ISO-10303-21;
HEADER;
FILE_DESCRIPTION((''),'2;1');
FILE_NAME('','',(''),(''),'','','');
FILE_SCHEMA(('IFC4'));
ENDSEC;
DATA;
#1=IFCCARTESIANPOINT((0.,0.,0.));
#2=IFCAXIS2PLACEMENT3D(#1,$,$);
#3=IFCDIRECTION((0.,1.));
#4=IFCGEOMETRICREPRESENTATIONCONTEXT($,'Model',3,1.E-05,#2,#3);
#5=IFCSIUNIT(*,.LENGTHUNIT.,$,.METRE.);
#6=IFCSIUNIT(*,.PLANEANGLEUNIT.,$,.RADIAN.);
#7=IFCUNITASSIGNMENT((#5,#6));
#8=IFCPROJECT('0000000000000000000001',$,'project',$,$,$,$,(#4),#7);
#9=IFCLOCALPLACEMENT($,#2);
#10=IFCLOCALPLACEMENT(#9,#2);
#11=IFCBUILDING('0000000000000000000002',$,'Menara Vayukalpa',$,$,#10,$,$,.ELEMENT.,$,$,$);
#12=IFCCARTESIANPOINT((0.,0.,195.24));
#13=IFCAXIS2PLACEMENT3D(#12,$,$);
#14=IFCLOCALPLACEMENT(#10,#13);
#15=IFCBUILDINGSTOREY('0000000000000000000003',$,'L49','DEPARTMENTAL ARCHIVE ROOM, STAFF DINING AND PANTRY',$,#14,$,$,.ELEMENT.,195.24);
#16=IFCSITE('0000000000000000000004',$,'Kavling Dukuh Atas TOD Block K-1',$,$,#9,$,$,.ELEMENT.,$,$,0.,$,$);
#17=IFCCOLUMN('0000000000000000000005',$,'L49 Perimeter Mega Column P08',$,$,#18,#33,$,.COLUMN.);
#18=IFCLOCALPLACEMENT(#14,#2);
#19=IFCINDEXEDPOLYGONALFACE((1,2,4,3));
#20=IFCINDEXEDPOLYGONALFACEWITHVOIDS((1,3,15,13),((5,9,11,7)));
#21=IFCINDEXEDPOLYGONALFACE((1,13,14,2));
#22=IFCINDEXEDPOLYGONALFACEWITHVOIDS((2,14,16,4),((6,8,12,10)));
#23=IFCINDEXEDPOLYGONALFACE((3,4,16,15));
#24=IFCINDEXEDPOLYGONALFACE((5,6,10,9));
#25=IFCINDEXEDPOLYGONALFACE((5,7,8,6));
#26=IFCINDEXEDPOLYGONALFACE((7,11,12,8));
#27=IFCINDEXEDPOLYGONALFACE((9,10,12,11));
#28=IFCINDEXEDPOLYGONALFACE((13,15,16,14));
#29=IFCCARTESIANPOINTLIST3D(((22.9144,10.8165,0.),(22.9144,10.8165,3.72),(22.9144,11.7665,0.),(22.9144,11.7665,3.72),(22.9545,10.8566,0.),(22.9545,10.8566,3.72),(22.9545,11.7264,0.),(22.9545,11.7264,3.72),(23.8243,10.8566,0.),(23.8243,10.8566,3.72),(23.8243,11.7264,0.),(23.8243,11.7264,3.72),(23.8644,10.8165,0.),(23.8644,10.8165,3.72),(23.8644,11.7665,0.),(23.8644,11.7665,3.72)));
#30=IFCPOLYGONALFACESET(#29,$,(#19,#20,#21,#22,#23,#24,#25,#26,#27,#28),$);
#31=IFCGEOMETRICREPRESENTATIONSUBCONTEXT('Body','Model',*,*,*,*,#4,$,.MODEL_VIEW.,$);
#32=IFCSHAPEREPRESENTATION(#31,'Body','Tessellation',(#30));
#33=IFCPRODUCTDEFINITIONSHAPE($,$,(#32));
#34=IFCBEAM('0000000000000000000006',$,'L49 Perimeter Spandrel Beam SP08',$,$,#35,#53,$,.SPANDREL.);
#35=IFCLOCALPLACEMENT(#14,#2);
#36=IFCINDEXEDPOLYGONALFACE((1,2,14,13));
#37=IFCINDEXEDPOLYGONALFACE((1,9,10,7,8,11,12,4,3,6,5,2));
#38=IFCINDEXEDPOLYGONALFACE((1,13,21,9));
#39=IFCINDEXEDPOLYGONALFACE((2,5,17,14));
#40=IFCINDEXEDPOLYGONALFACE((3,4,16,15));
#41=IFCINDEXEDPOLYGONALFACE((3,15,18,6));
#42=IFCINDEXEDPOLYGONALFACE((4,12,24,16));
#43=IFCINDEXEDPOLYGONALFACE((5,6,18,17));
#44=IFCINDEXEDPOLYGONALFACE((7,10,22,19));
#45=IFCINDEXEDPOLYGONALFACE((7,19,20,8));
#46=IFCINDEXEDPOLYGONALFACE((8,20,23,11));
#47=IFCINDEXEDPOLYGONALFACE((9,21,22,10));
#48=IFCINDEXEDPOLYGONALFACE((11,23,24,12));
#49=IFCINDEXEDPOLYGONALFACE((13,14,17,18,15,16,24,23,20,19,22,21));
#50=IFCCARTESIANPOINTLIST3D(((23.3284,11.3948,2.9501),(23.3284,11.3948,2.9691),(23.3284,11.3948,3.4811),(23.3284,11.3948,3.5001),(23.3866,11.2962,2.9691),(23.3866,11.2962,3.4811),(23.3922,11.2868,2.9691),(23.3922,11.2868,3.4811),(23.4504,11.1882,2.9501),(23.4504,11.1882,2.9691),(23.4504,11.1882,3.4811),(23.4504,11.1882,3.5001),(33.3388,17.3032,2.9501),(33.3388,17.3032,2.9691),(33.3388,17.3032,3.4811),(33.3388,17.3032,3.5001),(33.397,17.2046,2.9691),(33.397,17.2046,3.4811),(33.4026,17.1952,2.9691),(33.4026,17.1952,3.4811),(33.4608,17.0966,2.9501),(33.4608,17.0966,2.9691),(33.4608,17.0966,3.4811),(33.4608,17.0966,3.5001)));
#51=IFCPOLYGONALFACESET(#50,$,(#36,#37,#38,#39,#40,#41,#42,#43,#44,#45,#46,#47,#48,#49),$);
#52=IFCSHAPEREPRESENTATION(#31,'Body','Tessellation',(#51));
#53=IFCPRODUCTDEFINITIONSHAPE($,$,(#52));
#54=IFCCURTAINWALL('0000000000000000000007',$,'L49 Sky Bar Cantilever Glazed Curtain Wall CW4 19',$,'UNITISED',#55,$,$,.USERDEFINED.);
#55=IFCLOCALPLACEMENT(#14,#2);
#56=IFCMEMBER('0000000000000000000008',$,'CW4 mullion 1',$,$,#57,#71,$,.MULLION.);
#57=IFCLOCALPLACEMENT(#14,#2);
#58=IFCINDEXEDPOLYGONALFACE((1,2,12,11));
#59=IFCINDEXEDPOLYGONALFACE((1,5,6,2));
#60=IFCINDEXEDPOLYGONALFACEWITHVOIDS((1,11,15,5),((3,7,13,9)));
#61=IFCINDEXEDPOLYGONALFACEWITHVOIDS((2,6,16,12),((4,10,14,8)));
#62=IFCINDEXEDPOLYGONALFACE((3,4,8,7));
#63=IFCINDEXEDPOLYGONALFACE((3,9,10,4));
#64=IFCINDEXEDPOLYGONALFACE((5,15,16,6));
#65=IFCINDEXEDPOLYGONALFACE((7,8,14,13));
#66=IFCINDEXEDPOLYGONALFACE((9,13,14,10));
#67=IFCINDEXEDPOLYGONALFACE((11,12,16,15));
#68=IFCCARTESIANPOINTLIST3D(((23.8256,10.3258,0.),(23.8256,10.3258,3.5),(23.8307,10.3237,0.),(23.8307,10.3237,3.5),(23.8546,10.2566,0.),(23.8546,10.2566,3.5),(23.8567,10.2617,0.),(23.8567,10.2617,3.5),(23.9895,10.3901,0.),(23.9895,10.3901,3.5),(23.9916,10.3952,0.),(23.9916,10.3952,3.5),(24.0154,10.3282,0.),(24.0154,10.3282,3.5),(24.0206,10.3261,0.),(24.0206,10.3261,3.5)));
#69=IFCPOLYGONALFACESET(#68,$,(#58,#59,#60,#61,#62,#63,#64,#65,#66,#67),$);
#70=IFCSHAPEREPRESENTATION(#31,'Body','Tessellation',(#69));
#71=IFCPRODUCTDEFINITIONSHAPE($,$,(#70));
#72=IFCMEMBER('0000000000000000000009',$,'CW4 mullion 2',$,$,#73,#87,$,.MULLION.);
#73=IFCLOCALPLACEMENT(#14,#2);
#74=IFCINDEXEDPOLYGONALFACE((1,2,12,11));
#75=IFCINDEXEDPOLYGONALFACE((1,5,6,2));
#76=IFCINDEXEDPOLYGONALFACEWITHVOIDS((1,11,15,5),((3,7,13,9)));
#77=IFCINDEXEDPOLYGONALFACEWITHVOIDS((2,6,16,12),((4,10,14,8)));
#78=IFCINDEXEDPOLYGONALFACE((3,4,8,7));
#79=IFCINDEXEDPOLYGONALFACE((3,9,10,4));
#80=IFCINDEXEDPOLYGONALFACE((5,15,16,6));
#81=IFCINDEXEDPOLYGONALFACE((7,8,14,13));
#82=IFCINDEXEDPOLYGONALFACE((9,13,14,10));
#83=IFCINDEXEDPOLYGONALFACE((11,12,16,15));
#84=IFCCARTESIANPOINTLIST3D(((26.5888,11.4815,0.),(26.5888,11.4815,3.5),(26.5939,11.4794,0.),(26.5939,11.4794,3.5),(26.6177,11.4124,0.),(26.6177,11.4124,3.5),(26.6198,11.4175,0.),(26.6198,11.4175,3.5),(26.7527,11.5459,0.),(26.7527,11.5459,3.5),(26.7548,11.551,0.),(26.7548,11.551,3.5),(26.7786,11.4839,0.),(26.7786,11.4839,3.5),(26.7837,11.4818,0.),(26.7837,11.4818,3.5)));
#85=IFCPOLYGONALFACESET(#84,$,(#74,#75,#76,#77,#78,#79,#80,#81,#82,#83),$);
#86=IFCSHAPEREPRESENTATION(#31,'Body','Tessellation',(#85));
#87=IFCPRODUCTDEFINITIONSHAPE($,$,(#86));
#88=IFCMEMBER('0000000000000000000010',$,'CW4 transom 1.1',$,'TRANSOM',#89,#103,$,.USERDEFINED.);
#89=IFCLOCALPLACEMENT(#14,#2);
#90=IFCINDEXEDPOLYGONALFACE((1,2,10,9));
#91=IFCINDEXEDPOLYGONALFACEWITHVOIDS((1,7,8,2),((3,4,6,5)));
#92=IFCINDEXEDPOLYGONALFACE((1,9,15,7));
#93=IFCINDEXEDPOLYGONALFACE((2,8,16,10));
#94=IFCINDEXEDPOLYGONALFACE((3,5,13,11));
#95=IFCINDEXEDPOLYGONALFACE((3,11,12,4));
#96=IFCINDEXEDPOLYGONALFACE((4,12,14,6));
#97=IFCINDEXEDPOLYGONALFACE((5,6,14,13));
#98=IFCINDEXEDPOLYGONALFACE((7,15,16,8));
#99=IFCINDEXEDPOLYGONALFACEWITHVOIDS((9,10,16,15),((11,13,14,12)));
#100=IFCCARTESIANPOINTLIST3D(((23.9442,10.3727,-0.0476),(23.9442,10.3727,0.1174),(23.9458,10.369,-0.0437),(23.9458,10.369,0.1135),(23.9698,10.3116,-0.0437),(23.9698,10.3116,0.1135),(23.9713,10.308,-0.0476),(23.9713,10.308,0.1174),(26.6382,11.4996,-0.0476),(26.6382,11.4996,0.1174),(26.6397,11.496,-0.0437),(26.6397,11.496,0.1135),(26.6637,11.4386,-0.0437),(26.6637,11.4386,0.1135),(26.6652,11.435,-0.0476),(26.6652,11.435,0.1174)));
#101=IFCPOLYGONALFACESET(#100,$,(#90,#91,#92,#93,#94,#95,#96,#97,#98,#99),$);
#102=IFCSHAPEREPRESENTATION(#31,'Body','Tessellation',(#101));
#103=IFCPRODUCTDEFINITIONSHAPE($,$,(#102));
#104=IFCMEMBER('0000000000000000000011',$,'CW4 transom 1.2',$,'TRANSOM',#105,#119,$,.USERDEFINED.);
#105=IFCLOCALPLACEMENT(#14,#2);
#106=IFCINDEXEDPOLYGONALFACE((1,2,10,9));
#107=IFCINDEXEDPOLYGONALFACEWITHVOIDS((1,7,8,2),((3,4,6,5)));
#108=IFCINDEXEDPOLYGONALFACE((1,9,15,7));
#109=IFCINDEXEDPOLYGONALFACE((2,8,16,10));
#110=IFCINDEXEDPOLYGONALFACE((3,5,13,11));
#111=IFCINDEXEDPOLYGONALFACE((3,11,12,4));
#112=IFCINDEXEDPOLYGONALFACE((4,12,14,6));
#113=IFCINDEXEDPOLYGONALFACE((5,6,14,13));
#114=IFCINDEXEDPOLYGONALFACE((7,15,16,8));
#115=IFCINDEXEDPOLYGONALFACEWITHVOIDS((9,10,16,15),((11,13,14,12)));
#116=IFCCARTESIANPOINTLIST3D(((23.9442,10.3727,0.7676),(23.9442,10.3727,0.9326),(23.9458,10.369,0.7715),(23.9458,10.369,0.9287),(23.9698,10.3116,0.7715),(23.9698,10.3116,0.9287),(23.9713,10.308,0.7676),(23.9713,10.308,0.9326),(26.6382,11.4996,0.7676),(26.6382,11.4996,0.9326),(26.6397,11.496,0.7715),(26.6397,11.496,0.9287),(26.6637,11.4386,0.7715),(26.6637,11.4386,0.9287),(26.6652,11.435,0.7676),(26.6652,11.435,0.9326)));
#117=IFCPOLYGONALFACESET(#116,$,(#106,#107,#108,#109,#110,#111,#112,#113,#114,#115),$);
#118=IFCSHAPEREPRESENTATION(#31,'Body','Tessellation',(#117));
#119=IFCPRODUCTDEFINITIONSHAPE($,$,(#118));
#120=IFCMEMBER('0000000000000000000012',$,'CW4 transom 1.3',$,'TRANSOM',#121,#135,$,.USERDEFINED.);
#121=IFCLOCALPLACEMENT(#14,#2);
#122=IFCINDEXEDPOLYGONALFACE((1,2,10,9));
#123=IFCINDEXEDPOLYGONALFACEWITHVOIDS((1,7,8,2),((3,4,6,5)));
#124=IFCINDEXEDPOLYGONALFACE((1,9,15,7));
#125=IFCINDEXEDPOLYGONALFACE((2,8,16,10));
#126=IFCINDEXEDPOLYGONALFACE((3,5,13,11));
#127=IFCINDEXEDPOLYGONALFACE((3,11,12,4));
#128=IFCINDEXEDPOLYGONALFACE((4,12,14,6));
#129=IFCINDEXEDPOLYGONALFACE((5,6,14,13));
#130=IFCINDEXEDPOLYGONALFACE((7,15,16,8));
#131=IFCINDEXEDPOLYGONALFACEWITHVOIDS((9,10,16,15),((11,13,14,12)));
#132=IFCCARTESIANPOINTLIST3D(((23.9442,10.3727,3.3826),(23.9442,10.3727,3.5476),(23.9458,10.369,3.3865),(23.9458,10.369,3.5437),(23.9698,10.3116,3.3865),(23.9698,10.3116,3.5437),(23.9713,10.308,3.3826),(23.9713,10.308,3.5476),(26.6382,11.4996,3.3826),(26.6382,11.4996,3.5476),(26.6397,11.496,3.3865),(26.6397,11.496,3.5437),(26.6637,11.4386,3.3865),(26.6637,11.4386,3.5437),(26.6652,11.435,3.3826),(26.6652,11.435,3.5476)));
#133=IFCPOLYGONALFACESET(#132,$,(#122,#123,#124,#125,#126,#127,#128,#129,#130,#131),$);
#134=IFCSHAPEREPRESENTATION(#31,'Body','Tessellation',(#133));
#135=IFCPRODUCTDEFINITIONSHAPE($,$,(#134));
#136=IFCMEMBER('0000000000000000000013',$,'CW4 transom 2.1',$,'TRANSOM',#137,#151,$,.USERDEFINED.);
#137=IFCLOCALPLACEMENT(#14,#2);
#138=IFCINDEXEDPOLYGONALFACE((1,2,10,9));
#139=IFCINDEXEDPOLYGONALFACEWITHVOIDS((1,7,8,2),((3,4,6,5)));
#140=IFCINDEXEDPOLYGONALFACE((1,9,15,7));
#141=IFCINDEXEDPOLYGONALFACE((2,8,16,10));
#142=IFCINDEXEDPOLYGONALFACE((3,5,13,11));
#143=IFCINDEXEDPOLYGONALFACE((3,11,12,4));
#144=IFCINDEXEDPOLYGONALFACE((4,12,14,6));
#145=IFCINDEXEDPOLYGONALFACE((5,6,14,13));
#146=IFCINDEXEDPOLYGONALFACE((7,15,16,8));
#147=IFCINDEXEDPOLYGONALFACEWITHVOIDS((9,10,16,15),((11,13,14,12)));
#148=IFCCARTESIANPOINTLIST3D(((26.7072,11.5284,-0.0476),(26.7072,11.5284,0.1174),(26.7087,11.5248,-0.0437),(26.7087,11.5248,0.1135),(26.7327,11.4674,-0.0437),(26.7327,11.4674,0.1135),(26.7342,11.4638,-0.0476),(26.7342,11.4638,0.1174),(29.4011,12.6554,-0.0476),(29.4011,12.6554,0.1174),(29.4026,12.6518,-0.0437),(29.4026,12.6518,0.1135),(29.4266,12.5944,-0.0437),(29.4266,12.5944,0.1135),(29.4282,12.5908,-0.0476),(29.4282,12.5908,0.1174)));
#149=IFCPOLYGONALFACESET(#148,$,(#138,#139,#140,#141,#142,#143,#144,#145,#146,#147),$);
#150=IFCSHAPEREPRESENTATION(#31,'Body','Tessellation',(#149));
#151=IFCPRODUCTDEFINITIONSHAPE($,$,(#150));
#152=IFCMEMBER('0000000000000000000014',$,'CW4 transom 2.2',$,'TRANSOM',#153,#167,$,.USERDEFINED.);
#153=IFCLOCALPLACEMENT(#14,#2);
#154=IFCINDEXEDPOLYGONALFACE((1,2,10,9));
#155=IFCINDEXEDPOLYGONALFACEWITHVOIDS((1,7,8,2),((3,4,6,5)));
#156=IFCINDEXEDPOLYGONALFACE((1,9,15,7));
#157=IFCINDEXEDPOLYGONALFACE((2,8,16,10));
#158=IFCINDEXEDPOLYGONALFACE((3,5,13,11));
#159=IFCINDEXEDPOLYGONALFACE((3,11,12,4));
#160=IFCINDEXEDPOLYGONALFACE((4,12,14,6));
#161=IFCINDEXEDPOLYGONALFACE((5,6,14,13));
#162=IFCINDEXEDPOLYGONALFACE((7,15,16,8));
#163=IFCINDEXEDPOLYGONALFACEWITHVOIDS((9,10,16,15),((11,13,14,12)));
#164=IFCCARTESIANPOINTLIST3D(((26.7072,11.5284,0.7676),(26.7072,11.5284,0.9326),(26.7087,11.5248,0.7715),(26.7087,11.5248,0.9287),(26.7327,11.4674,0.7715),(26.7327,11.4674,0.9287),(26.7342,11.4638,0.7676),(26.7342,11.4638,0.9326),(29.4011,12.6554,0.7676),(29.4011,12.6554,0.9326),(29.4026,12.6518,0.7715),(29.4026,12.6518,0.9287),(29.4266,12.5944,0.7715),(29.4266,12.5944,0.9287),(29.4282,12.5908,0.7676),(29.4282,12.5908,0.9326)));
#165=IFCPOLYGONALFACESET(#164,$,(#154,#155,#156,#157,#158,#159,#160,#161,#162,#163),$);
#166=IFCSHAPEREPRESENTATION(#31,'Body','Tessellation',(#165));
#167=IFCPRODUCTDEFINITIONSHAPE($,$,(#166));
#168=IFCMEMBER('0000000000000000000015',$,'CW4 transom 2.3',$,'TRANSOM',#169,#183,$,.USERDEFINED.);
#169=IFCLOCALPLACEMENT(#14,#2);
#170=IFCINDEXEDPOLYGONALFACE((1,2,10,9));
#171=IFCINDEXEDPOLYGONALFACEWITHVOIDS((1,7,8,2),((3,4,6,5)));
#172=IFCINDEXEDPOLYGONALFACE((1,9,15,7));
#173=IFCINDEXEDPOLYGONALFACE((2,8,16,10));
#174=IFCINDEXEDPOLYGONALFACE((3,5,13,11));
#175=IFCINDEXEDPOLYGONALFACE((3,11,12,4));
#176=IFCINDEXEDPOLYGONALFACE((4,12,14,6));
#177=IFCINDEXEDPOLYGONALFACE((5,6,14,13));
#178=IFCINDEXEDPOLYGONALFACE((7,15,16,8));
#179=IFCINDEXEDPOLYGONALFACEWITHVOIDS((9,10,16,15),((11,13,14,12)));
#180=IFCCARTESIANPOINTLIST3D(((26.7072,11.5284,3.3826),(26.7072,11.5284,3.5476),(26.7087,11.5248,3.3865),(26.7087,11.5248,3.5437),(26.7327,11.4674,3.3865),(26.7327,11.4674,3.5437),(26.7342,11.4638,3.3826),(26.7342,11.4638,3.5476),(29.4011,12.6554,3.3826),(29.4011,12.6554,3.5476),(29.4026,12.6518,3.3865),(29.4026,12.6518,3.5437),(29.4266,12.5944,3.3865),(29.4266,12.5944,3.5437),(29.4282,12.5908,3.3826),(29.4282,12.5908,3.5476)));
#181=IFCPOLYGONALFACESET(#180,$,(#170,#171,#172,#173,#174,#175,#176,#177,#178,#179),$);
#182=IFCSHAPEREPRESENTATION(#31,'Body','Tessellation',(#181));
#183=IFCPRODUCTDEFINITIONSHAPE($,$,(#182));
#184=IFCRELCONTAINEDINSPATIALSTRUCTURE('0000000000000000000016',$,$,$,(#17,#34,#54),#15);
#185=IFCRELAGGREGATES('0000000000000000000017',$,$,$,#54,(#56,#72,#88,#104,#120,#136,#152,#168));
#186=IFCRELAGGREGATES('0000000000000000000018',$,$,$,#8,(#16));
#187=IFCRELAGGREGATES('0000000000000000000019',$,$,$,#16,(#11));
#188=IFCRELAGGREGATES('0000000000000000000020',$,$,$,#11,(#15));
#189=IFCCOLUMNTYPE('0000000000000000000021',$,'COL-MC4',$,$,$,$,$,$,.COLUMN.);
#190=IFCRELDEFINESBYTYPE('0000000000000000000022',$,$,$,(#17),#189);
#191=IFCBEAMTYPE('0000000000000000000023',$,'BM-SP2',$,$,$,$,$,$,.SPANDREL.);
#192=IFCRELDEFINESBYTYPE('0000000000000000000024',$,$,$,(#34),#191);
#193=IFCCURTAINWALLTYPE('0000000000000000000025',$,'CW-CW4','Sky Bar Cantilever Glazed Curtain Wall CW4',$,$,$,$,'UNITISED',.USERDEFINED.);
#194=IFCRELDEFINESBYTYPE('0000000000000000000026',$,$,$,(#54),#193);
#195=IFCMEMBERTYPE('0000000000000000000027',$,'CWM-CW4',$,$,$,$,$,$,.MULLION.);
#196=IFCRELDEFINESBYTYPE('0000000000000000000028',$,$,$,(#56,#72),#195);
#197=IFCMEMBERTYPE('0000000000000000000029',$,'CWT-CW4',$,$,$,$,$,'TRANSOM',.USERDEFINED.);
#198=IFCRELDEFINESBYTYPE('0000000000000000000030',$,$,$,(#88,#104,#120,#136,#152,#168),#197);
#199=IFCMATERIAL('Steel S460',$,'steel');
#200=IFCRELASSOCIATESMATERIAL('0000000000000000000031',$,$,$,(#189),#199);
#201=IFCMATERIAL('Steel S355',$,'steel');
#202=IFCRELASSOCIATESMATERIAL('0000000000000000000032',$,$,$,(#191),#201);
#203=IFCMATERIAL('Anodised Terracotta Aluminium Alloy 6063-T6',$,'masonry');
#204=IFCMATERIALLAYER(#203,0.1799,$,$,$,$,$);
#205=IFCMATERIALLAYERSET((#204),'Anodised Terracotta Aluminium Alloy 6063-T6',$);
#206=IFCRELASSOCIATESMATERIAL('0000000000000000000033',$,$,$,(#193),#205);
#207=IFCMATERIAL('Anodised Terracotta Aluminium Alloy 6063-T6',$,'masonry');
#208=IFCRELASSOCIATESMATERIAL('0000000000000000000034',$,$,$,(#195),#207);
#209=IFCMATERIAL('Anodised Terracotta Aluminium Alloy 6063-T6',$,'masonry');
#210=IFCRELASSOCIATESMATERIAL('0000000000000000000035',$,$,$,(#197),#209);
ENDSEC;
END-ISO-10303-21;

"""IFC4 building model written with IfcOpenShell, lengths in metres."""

from ifc_helpers import new_model, si_unit, direction, frame, origin, origin_2d, place, context, subcontext, project, spatial, hollow_rectangle, i_section, extrude, material, layer, layer_set, material_profile, profile_set, type_object, element, aggregate, save


model = new_model("IFC4")

# Units and contexts
model_context = context("Model", 3, precision=1e-05, world=origin(), true_north=direction((0.0, 1.0)))
body_context = subcontext(model_context, "Body", "Model", "MODEL_VIEW")
ifc_project = project(units=[si_unit("LENGTHUNIT", "METRE"), si_unit("PLANEANGLEUNIT", "RADIAN")], contexts=[model_context])

# Site, building, storey
site_placement = place(None, origin())
site = spatial("IfcSite", under=ifc_project, at=site_placement, Name="Kavling Dukuh Atas TOD Block K-1", CompositionType="ELEMENT", RefElevation=0.0)
building_placement = place(site_placement, origin())
building = spatial("IfcBuilding", under=site, at=building_placement, Name="Menara Vayukalpa", CompositionType="ELEMENT")
storey_placement = place(building_placement, frame((0.0, 0.0, 195.24)))
storey = spatial("IfcBuildingStorey", under=building, at=storey_placement, Name="L49", Description="DEPARTMENTAL ARCHIVE ROOM, STAFF DINING AND PANTRY", CompositionType="ELEMENT", Elevation=195.24)

# Column
ifc_material_1 = material(Name="Steel S460", Category="steel")
ifc_material_profile_1 = material_profile(ifc_material_1, hollow_rectangle(XDim=0.95, YDim=0.95, WallThickness=0.04, at=origin_2d()), Name="BOX 950x950x40")
ifc_profile_set_1 = profile_set([ifc_material_profile_1], Name="Steel S460")
column_type = type_object("IfcColumnType", Name="COL-MC4", PredefinedType="COLUMN", material=ifc_profile_set_1)
column_placement = place(storey_placement, frame((23.3894, 11.2915, 0.0), z_axis=(0.0, 0.0, 1.0), x_axis=(1.0, 0.0, 0.0)))
element("IfcColumn", 1, at=column_placement, inside=storey, type_object=column_type, Name="L49 Perimeter Mega Column P08", PredefinedType="COLUMN", context=body_context, shape_type="SweptSolid", body=[
    extrude(hollow_rectangle(XDim=0.95, YDim=0.95, WallThickness=0.04, at=origin_2d()), origin(), (0.0, 0.0, 1.0), 3.72),
])

# Beam
ifc_material_2 = material(Name="Steel S355", Category="steel")
ifc_material_profile_2 = material_profile(ifc_material_2, i_section(OverallWidth=0.24, OverallDepth=0.55, WebThickness=0.011, FlangeThickness=0.019, at=origin_2d()), Name="WF 550x240x11x19")
ifc_profile_set_2 = profile_set([ifc_material_profile_2], Name="Steel S355")
beam_type = type_object("IfcBeamType", Name="BM-SP2", PredefinedType="SPANDREL", material=ifc_profile_set_2)
beam_placement = place(storey_placement, frame((23.3894, 11.2915, 3.2251), z_axis=(0.861184, 0.508293, 0.0), x_axis=(-0.508293, 0.861184, 0.0)))
element("IfcBeam", 2, at=beam_placement, inside=storey, type_object=beam_type, Name="L49 Perimeter Spandrel Beam SP08", PredefinedType="SPANDREL", context=body_context, shape_type="SweptSolid", body=[
    extrude(i_section(OverallWidth=0.24, OverallDepth=0.55, WebThickness=0.011, FlangeThickness=0.019, at=origin_2d()), origin(), (0.0, 0.0, 1.0), 11.624),
])

# Curtain wall, members
ifc_material_3 = material(Name="Anodised Terracotta Aluminium Alloy 6063-T6", Category="masonry")
ifc_layer_1 = layer(ifc_material_3, 0.1799)
ifc_layer_set_1 = layer_set([ifc_layer_1], Name="Anodised Terracotta Aluminium Alloy 6063-T6")
curtain_wall_type = type_object("IfcCurtainWallType", Name="CW-CW4", Description="Sky Bar Cantilever Glazed Curtain Wall CW4", ElementType="UNITISED", PredefinedType="USERDEFINED", material=ifc_layer_set_1)
curtain_wall_placement = place(storey_placement, origin())
curtain_wall = element("IfcCurtainWall", 3, at=curtain_wall_placement, inside=storey, type_object=curtain_wall_type, Name="L49 Sky Bar Cantilever Glazed Curtain Wall CW4 19", ObjectType="UNITISED", PredefinedType="USERDEFINED")
ifc_material_4 = material(Name="Anodised Terracotta Aluminium Alloy 6063-T6", Category="masonry")
ifc_material_profile_3 = material_profile(ifc_material_4, hollow_rectangle(XDim=0.075, YDim=0.1799, WallThickness=0.0039, at=origin_2d()), Name="ALU 75x180x4")
ifc_profile_set_3 = profile_set([ifc_material_profile_3], Name="Anodised Terracotta Aluminium Alloy 6063-T6")
member_type_1 = type_object("IfcMemberType", Name="CWM-CW4", PredefinedType="MULLION", material=ifc_profile_set_3)
member_1_placement = place(storey_placement, frame((23.9231, 10.3259, 0.0), z_axis=(0.0, 0.0, 1.0), x_axis=(-0.385903, 0.922539, 0.0)))
member_1 = element("IfcMember", 4, at=member_1_placement, type_object=member_type_1, Name="CW4 mullion 1", PredefinedType="MULLION", context=body_context, shape_type="SweptSolid", body=[
    extrude(hollow_rectangle(XDim=0.075, YDim=0.1799, WallThickness=0.0039, at=origin_2d()), origin(), (0.0, 0.0, 1.0), 3.5),
])
member_2_placement = place(storey_placement, frame((26.6863, 11.4817, 0.0), z_axis=(0.0, 0.0, 1.0), x_axis=(-0.385903, 0.922539, 0.0)))
member_2 = element("IfcMember", 5, at=member_2_placement, type_object=member_type_1, Name="CW4 mullion 2", PredefinedType="MULLION", context=body_context, shape_type="SweptSolid", body=[
    extrude(hollow_rectangle(XDim=0.075, YDim=0.1799, WallThickness=0.0039, at=origin_2d()), origin(), (0.0, 0.0, 1.0), 3.5),
])
ifc_material_5 = material(Name="Anodised Terracotta Aluminium Alloy 6063-T6", Category="masonry")
ifc_material_profile_4 = material_profile(ifc_material_5, hollow_rectangle(XDim=0.0701, YDim=0.165, WallThickness=0.0039, at=origin_2d()), Name="ALU 70x165x4")
ifc_profile_set_4 = profile_set([ifc_material_profile_4], Name="Anodised Terracotta Aluminium Alloy 6063-T6")
member_type_2 = type_object("IfcMemberType", Name="CWT-CW4", ElementType="TRANSOM", PredefinedType="USERDEFINED", material=ifc_profile_set_4)
member_3_placement = place(storey_placement, frame((23.9578, 10.3403, 0.0349), z_axis=(0.922527, 0.385933, 0.0), x_axis=(-0.385933, 0.922527, 0.0)))
member_3 = element("IfcMember", 6, at=member_3_placement, type_object=member_type_2, Name="CW4 transom 1.1", ObjectType="TRANSOM", PredefinedType="USERDEFINED", context=body_context, shape_type="SweptSolid", body=[
    extrude(hollow_rectangle(XDim=0.0701, YDim=0.165, WallThickness=0.0039, at=origin_2d()), origin(), (0.0, 0.0, 1.0), 2.9202),
])
member_4_placement = place(storey_placement, frame((23.9578, 10.3403, 0.8501), z_axis=(0.922527, 0.385933, 0.0), x_axis=(-0.385933, 0.922527, 0.0)))
member_4 = element("IfcMember", 7, at=member_4_placement, type_object=member_type_2, Name="CW4 transom 1.2", ObjectType="TRANSOM", PredefinedType="USERDEFINED", context=body_context, shape_type="SweptSolid", body=[
    extrude(hollow_rectangle(XDim=0.0701, YDim=0.165, WallThickness=0.0039, at=origin_2d()), origin(), (0.0, 0.0, 1.0), 2.9202),
])
member_5_placement = place(storey_placement, frame((23.9578, 10.3403, 3.4651), z_axis=(0.922527, 0.385933, 0.0), x_axis=(-0.385933, 0.922527, 0.0)))
member_5 = element("IfcMember", 8, at=member_5_placement, type_object=member_type_2, Name="CW4 transom 1.3", ObjectType="TRANSOM", PredefinedType="USERDEFINED", context=body_context, shape_type="SweptSolid", body=[
    extrude(hollow_rectangle(XDim=0.0701, YDim=0.165, WallThickness=0.0039, at=origin_2d()), origin(), (0.0, 0.0, 1.0), 2.9202),
])
member_6_placement = place(storey_placement, frame((26.7207, 11.4961, 0.0349), z_axis=(0.922527, 0.385933, 0.0), x_axis=(-0.385933, 0.922527, 0.0)))
member_6 = element("IfcMember", 9, at=member_6_placement, type_object=member_type_2, Name="CW4 transom 2.1", ObjectType="TRANSOM", PredefinedType="USERDEFINED", context=body_context, shape_type="SweptSolid", body=[
    extrude(hollow_rectangle(XDim=0.0701, YDim=0.165, WallThickness=0.0039, at=origin_2d()), origin(), (0.0, 0.0, 1.0), 2.9202),
])
member_7_placement = place(storey_placement, frame((26.7207, 11.4961, 0.8501), z_axis=(0.922527, 0.385933, 0.0), x_axis=(-0.385933, 0.922527, 0.0)))
member_7 = element("IfcMember", 10, at=member_7_placement, type_object=member_type_2, Name="CW4 transom 2.2", ObjectType="TRANSOM", PredefinedType="USERDEFINED", context=body_context, shape_type="SweptSolid", body=[
    extrude(hollow_rectangle(XDim=0.0701, YDim=0.165, WallThickness=0.0039, at=origin_2d()), origin(), (0.0, 0.0, 1.0), 2.9202),
])
member_8_placement = place(storey_placement, frame((26.7207, 11.4961, 3.4651), z_axis=(0.922527, 0.385933, 0.0), x_axis=(-0.385933, 0.922527, 0.0)))
member_8 = element("IfcMember", 11, at=member_8_placement, type_object=member_type_2, Name="CW4 transom 2.3", ObjectType="TRANSOM", PredefinedType="USERDEFINED", context=body_context, shape_type="SweptSolid", body=[
    extrude(hollow_rectangle(XDim=0.0701, YDim=0.165, WallThickness=0.0039, at=origin_2d()), origin(), (0.0, 0.0, 1.0), 2.9202),
])
aggregate(curtain_wall, [member_1, member_2, member_3, member_4, member_5, member_6, member_7, member_8])

save(model, "model.ifc")
